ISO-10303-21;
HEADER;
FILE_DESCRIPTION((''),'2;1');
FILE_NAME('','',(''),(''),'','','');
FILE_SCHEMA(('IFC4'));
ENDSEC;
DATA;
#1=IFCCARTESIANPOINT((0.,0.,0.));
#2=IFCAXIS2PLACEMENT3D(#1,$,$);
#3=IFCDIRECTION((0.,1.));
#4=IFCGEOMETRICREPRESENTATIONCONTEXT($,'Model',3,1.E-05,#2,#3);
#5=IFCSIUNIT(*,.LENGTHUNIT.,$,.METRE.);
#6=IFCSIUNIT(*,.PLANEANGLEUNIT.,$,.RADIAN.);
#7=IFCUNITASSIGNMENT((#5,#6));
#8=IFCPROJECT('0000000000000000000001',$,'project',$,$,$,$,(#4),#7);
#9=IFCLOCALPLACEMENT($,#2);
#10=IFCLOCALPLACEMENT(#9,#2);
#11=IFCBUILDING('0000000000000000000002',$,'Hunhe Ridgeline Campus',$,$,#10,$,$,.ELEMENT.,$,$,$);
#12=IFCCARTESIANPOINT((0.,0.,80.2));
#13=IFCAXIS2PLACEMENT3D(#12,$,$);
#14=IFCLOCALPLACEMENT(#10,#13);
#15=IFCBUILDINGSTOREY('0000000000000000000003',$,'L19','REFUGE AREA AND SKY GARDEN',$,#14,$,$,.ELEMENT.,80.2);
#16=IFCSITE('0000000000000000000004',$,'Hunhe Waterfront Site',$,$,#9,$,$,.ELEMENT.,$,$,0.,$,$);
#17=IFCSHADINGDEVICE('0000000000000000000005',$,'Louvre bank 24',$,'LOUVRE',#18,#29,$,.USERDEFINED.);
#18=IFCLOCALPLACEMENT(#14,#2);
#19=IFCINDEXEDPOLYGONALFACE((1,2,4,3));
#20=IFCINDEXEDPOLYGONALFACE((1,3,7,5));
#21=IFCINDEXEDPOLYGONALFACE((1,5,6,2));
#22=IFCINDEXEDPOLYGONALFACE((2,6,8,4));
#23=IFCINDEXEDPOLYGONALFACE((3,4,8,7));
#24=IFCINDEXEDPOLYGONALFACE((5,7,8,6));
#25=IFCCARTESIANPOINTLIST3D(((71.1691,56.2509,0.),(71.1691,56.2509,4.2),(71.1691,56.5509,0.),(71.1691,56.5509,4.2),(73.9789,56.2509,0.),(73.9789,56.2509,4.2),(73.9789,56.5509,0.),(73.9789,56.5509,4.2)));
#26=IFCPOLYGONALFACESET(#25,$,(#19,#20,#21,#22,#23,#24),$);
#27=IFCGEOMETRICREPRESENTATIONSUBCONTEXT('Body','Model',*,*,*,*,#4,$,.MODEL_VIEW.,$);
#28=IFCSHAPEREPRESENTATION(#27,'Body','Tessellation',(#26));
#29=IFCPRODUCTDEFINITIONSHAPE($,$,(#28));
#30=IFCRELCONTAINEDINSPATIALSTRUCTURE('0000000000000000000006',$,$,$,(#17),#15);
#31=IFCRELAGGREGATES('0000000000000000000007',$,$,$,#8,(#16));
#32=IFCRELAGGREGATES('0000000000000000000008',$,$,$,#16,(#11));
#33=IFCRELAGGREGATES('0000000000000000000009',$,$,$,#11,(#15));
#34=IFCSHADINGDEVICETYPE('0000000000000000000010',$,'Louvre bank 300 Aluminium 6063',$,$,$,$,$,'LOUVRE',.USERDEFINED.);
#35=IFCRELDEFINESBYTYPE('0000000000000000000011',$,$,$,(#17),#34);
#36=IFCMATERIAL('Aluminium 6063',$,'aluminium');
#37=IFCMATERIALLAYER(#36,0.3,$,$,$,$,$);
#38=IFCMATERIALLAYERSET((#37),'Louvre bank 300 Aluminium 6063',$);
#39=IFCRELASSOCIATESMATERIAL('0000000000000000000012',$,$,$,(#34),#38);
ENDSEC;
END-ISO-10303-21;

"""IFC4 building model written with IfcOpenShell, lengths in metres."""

from ifc_helpers import new_model, si_unit, direction, frame, origin, origin_2d, place, context, subcontext, project, spatial, rectangle, extrude, material, layer, layer_set, type_object, element, save


model = new_model("IFC4")

# Units and contexts
model_context = context("Model", 3, precision=1e-05, world=origin(), true_north=direction((0.0, 1.0)))
body_context = subcontext(model_context, "Body", "Model", "MODEL_VIEW")
ifc_project = project(units=[si_unit("LENGTHUNIT", "METRE"), si_unit("PLANEANGLEUNIT", "RADIAN")], contexts=[model_context])

# Site, building, storey
site_placement = place(None, origin())
site = spatial("IfcSite", under=ifc_project, at=site_placement, Name="Hunhe Waterfront Site", CompositionType="ELEMENT", RefElevation=0.0)
building_placement = place(site_placement, origin())
building = spatial("IfcBuilding", under=site, at=building_placement, Name="Hunhe Ridgeline Campus", CompositionType="ELEMENT")
storey_placement = place(building_placement, frame((0.0, 0.0, 80.2)))
storey = spatial("IfcBuildingStorey", under=building, at=storey_placement, Name="L19", Description="REFUGE AREA AND SKY GARDEN", CompositionType="ELEMENT", Elevation=80.2)

# Shared definitions
ifc_material_1 = material(Name="Aluminium 6063", Category="aluminium")

# Shading device
ifc_layer_1 = layer(ifc_material_1, 0.3)
ifc_layer_set_1 = layer_set([ifc_layer_1], Name="Louvre bank 300 Aluminium 6063")
shading_device_type = type_object("IfcShadingDeviceType", Name="Louvre bank 300 Aluminium 6063", ElementType="LOUVRE", PredefinedType="USERDEFINED", material=ifc_layer_set_1)
shading_device_placement = place(storey_placement, frame((72.574, 56.4009, 0.0), z_axis=(0.0, 0.0, 1.0), x_axis=(1.0, 0.0, 0.0)))
element("IfcShadingDevice", 1, at=shading_device_placement, inside=storey, type_object=shading_device_type, Name="Louvre bank 24", ObjectType="LOUVRE", PredefinedType="USERDEFINED", context=body_context, shape_type="SweptSolid", body=[
    extrude(rectangle(XDim=2.8098, YDim=0.3, at=origin_2d()), origin(), (0.0, 0.0, 1.0), 4.2),
])

save(model, "model.ifc")
